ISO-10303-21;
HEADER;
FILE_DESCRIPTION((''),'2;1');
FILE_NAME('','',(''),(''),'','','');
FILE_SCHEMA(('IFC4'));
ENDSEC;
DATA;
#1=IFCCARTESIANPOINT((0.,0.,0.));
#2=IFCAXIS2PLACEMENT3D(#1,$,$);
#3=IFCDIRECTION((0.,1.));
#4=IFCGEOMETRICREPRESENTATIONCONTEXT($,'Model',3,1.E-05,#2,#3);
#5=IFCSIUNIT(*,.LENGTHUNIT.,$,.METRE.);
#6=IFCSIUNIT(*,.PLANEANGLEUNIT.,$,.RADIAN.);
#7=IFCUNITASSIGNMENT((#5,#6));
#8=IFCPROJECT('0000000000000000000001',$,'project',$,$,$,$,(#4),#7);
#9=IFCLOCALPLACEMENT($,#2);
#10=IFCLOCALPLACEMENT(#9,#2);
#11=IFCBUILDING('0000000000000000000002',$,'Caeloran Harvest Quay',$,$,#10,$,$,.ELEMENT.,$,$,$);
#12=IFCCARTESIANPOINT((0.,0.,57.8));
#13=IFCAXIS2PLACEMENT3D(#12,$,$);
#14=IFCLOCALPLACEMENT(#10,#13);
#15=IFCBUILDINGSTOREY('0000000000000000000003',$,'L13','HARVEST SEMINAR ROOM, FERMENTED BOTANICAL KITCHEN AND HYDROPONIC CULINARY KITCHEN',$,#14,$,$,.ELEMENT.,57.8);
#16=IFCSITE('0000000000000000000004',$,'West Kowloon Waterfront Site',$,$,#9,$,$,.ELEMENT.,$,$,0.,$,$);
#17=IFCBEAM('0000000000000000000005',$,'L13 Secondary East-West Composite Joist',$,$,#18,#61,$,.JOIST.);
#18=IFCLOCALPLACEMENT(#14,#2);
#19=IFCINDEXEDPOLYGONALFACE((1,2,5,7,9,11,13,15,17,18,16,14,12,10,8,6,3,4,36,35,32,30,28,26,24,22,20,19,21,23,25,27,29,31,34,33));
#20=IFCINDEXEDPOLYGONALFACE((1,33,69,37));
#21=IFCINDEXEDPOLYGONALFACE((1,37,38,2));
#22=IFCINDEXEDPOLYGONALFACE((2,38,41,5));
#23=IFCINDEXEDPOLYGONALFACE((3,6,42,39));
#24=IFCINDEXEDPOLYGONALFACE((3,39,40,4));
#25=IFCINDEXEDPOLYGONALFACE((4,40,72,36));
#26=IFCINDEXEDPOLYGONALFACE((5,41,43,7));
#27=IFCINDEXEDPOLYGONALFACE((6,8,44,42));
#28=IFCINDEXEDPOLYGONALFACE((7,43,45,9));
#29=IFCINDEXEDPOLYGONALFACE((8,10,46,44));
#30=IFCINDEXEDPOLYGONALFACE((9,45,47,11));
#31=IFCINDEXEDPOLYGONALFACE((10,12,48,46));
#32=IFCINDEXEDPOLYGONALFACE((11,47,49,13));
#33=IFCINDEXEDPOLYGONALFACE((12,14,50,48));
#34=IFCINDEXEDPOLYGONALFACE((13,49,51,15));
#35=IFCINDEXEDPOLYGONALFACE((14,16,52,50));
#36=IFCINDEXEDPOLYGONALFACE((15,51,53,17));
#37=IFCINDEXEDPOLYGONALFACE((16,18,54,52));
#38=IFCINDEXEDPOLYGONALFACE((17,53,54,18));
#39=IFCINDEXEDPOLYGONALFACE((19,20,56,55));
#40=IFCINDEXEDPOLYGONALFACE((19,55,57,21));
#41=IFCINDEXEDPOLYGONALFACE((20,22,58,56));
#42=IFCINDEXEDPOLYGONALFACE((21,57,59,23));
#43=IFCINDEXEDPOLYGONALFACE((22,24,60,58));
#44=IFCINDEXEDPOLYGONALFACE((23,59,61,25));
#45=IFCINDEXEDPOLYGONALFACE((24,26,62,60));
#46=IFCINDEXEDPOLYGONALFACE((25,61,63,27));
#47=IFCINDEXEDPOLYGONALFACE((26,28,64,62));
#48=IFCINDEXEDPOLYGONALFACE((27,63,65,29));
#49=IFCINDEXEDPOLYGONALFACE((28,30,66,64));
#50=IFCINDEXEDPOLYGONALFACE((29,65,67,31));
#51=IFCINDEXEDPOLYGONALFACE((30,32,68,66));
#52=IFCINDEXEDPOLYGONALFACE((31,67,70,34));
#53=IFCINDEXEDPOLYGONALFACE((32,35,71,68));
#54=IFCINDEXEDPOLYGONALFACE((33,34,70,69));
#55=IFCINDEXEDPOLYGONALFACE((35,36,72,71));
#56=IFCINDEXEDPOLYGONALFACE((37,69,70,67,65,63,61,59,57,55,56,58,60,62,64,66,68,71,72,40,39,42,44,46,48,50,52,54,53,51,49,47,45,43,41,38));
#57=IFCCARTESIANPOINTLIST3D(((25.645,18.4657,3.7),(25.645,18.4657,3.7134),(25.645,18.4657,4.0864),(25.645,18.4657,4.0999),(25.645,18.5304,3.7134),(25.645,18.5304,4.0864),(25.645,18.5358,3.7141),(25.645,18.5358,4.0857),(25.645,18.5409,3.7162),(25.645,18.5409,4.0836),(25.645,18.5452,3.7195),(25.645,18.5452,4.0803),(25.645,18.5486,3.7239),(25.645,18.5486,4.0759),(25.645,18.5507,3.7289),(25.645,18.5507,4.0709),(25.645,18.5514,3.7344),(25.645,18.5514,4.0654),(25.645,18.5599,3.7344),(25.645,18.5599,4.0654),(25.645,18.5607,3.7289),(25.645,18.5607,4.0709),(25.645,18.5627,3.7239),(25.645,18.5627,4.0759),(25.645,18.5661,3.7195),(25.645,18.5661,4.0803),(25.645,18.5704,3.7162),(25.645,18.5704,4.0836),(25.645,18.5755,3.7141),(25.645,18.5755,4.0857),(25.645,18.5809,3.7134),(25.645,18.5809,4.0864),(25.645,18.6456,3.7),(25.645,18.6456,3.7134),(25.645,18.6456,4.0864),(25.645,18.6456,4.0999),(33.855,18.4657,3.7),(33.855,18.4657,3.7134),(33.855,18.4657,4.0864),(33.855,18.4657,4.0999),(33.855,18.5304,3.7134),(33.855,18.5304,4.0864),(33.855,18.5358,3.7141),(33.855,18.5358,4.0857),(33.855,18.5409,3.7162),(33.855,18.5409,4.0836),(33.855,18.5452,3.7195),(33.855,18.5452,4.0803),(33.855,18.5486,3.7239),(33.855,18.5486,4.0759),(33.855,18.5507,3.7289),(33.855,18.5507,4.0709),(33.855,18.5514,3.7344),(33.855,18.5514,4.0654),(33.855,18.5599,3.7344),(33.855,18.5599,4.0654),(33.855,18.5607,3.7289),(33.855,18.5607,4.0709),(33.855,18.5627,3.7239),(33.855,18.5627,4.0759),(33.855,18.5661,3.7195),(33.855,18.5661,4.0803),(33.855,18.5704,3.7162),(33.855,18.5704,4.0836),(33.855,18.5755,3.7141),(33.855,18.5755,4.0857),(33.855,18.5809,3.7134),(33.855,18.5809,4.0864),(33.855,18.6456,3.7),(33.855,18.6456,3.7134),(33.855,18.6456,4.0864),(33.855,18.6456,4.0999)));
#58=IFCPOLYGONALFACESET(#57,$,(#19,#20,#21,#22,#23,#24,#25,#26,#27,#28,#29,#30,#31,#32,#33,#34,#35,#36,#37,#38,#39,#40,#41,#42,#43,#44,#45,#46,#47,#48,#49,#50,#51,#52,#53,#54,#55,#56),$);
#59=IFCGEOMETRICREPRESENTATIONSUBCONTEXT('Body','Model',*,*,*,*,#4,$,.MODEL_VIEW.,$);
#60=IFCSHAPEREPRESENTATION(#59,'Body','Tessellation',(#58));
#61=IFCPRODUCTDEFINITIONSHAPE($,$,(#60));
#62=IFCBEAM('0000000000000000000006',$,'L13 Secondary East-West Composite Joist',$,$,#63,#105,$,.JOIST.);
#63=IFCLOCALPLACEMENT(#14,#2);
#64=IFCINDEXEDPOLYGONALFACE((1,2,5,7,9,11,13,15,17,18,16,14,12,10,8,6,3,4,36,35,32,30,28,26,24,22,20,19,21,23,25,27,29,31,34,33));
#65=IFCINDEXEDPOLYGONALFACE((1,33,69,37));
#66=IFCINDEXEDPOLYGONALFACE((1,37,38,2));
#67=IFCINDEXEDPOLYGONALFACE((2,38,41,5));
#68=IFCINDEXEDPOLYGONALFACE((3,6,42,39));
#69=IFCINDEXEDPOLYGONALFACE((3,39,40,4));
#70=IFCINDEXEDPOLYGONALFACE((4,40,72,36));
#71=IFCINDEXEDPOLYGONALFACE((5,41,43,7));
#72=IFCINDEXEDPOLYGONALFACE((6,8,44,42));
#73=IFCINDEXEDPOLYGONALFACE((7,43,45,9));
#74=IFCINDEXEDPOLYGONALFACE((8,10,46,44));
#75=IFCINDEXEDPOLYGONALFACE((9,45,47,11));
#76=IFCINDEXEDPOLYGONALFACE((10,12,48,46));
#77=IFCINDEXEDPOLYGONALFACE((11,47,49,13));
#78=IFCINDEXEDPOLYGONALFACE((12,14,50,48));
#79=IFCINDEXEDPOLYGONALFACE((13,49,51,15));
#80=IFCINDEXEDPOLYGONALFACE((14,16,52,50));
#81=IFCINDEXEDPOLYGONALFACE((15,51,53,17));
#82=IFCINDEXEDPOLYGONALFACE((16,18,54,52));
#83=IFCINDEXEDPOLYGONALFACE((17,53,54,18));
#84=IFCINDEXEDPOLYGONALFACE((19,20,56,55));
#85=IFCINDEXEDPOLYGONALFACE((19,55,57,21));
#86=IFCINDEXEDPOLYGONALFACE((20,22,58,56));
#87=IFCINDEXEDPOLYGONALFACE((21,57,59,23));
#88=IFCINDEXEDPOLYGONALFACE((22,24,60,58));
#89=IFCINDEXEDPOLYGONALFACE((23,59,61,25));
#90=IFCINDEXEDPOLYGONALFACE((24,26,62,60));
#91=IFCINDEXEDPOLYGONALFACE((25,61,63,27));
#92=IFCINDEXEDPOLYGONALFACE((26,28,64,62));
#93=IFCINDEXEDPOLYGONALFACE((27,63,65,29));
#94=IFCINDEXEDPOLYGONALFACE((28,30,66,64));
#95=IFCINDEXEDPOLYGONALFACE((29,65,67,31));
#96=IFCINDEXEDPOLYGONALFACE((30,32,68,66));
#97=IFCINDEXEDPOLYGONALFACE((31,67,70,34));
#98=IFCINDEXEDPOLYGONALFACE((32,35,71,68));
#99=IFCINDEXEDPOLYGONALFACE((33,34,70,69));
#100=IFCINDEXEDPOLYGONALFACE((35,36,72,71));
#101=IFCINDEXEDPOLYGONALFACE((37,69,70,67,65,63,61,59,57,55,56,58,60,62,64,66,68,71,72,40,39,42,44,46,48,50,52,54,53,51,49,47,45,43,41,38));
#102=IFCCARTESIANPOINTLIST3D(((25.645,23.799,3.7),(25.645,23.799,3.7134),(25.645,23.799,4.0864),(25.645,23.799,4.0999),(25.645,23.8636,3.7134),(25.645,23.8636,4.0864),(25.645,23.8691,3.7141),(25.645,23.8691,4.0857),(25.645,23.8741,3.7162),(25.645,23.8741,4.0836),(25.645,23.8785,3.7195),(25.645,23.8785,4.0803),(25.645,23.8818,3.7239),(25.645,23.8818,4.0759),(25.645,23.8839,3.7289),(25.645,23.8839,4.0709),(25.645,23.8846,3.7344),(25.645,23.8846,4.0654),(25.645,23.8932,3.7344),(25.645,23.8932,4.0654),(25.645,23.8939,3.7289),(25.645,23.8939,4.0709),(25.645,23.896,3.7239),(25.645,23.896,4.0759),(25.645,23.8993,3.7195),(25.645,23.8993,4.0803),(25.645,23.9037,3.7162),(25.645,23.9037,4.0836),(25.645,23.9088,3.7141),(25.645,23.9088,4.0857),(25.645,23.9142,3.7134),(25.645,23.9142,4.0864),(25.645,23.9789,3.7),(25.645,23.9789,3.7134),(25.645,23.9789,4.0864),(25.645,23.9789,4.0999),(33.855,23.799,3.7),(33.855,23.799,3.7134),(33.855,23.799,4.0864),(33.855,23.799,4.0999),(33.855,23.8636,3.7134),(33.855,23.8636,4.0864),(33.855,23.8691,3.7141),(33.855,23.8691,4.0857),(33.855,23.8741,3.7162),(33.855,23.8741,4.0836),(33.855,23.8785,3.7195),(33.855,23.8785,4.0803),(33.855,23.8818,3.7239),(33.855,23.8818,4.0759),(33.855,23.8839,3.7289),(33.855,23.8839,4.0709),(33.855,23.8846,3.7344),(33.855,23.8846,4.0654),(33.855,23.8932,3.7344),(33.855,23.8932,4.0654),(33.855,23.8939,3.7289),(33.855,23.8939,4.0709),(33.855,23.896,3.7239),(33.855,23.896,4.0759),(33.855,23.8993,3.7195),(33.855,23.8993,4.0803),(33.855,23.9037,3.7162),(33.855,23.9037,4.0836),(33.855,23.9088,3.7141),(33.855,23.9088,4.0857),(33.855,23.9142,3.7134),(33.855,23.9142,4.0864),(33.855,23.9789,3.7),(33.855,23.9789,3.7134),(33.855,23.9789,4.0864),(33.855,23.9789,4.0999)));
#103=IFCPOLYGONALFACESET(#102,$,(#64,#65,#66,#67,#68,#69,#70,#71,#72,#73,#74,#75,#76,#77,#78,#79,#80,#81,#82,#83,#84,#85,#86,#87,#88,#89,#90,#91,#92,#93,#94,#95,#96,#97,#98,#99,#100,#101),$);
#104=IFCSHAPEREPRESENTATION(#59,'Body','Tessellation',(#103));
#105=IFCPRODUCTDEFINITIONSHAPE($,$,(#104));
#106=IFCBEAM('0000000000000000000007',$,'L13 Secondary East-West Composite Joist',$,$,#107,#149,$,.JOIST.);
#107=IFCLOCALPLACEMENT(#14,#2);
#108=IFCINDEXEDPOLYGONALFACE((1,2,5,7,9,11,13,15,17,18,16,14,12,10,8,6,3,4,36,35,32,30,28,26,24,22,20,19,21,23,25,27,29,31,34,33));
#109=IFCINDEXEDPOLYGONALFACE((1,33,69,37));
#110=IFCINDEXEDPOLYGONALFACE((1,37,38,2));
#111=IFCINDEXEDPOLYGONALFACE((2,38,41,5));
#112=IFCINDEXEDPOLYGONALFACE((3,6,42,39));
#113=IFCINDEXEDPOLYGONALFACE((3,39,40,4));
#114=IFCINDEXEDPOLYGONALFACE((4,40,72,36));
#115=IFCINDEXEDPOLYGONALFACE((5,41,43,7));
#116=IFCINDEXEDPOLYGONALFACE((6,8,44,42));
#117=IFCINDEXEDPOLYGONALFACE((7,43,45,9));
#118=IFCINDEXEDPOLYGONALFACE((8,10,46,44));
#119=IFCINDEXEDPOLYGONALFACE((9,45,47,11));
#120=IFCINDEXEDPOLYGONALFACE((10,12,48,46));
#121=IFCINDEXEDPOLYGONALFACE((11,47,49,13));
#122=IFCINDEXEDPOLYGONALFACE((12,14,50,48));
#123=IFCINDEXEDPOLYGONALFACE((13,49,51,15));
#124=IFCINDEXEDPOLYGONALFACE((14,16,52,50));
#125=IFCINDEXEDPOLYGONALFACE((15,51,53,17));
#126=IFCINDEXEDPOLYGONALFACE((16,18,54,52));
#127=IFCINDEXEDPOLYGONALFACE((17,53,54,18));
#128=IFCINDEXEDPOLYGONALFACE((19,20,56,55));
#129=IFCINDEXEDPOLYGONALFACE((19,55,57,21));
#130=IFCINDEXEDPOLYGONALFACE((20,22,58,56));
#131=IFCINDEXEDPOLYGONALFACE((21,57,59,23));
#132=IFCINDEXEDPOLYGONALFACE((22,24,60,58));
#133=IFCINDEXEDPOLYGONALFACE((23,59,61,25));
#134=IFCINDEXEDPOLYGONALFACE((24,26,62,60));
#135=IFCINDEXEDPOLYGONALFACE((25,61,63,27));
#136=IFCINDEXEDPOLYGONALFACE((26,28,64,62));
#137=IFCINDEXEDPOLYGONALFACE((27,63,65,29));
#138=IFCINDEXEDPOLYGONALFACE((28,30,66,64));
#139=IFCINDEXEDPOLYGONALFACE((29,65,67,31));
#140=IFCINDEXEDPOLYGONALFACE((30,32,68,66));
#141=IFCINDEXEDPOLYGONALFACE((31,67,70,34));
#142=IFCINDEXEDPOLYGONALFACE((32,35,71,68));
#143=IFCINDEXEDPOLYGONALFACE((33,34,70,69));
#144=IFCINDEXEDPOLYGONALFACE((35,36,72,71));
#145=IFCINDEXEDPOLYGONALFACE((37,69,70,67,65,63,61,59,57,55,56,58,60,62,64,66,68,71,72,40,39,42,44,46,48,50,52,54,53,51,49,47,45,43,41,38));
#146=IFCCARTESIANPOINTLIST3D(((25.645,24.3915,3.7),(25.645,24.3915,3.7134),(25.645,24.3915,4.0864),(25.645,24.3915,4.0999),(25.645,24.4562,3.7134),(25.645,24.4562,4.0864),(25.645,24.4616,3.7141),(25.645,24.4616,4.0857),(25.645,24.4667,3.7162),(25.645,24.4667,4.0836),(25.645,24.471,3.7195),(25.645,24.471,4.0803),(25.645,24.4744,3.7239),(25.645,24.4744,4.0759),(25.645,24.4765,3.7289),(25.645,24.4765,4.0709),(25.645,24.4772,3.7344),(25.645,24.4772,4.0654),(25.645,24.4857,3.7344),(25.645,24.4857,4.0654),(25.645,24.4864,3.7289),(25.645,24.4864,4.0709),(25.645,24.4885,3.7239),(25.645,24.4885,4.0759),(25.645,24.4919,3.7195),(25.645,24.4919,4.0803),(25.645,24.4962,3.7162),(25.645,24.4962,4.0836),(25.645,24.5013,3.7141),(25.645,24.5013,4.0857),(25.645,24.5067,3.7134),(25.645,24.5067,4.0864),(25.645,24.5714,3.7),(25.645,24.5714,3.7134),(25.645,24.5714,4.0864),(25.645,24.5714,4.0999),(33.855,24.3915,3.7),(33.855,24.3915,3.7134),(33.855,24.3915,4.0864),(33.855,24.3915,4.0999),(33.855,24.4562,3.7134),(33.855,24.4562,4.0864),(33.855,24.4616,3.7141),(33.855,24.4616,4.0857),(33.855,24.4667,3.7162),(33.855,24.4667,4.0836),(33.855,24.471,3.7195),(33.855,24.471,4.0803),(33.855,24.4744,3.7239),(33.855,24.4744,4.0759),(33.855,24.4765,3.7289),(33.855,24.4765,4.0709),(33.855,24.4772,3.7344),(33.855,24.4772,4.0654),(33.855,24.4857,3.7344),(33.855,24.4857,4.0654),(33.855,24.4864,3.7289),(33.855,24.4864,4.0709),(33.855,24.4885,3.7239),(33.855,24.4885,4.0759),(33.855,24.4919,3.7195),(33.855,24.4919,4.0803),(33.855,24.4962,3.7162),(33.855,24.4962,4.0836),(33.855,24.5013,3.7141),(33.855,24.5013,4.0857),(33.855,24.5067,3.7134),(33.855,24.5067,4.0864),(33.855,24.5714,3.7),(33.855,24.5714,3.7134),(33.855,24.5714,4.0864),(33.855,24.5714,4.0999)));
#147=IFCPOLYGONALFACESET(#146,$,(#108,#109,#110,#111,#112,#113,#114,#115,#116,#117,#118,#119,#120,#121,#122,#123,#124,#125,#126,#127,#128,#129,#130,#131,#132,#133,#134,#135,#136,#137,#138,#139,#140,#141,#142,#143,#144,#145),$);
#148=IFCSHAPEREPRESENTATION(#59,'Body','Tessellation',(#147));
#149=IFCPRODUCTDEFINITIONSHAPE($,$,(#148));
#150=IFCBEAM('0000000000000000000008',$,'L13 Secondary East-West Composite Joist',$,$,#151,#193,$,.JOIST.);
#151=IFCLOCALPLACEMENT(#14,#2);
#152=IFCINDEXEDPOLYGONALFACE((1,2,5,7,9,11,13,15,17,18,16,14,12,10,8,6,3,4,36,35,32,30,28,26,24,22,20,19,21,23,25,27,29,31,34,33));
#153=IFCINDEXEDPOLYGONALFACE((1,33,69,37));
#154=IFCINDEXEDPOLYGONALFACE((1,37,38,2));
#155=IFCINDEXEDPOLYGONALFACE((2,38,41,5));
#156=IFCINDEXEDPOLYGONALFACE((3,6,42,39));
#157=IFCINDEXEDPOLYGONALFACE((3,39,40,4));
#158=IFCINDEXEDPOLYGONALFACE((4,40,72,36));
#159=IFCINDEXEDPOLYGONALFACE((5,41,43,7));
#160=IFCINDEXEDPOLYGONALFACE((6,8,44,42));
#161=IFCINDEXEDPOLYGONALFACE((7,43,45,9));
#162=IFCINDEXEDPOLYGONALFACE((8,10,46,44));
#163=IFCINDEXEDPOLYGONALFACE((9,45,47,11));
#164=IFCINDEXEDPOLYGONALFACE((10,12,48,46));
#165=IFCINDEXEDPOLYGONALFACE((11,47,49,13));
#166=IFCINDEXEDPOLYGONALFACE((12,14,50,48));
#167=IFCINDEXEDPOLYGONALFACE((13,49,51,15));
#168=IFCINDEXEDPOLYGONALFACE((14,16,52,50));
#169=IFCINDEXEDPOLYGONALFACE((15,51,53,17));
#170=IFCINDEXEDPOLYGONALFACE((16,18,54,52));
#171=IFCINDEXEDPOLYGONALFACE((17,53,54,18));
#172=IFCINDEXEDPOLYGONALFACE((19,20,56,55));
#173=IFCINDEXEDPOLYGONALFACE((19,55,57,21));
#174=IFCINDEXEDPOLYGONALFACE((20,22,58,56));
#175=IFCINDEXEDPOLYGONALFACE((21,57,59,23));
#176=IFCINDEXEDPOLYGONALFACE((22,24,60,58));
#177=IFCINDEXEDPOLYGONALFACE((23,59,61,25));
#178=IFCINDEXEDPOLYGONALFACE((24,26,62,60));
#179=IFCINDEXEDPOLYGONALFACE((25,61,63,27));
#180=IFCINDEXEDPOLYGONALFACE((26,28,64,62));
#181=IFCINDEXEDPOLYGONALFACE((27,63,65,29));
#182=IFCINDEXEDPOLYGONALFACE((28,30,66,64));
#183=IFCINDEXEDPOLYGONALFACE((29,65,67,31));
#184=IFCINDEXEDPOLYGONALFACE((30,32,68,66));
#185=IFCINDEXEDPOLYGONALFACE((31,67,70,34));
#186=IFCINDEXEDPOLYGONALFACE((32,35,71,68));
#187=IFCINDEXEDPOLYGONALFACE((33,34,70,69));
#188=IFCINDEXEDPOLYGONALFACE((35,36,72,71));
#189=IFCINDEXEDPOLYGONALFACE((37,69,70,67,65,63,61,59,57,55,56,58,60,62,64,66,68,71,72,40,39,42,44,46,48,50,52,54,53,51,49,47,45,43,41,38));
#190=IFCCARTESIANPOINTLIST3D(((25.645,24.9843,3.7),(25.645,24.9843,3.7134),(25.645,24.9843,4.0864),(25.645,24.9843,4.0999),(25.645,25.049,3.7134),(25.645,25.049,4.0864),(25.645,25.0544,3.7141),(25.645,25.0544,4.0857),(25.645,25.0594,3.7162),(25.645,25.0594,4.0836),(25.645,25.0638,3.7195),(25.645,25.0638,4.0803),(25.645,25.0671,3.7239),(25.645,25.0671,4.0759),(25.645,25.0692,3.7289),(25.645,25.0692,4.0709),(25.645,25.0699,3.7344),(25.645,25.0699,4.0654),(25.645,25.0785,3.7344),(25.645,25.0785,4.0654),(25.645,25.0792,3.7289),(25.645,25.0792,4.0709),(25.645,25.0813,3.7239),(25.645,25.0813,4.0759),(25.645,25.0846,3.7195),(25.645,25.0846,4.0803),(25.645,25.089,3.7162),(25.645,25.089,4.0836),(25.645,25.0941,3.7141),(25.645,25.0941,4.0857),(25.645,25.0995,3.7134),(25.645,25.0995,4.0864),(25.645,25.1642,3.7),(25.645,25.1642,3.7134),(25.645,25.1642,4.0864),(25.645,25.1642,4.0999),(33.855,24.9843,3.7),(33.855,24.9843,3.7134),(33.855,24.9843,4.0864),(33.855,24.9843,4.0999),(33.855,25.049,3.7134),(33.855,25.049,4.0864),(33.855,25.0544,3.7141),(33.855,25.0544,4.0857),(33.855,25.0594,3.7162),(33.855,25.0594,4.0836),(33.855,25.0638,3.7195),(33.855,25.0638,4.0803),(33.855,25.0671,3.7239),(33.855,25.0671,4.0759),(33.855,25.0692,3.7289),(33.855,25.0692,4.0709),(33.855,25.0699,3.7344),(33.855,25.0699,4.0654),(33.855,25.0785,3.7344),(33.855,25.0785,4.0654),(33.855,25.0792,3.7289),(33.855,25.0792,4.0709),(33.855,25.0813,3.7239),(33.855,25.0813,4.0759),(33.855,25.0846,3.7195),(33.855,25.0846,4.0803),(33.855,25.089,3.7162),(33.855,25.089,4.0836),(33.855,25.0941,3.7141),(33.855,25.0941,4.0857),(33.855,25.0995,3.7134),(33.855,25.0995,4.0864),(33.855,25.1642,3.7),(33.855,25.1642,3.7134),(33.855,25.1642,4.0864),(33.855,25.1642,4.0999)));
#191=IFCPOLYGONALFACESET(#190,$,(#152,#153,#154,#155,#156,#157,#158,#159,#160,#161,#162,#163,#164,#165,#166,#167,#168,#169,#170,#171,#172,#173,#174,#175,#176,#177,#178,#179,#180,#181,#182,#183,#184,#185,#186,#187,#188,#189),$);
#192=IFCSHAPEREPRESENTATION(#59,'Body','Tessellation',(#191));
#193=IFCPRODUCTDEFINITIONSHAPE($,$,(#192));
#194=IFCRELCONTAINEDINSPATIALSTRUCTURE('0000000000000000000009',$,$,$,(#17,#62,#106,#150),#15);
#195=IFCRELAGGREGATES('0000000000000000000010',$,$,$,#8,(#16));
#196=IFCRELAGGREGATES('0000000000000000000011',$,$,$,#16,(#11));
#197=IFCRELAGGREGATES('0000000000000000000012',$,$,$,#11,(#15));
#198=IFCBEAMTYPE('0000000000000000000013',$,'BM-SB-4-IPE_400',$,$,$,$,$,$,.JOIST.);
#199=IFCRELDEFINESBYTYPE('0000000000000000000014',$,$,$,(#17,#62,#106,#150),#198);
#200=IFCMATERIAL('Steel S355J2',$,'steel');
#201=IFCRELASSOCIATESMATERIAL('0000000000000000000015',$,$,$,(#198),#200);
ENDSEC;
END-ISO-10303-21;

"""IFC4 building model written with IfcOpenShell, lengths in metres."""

from ifc_helpers import new_model, si_unit, direction, frame, origin, origin_2d, place, context, subcontext, project, spatial, i_section, extrude, material, material_profile, profile_set, type_object, element, save


model = new_model("IFC4")

# Units and contexts
model_context = context("Model", 3, precision=1e-05, world=origin(), true_north=direction((0.0, 1.0)))
body_context = subcontext(model_context, "Body", "Model", "MODEL_VIEW")
ifc_project = project(units=[si_unit("LENGTHUNIT", "METRE"), si_unit("PLANEANGLEUNIT", "RADIAN")], contexts=[model_context])

# Site, building, storey
site_placement = place(None, origin())
site = spatial("IfcSite", under=ifc_project, at=site_placement, Name="West Kowloon Waterfront Site", CompositionType="ELEMENT", RefElevation=0.0)
building_placement = place(site_placement, origin())
building = spatial("IfcBuilding", under=site, at=building_placement, Name="Caeloran Harvest Quay", CompositionType="ELEMENT")
storey_placement = place(building_placement, frame((0.0, 0.0, 57.8)))
storey = spatial("IfcBuildingStorey", under=building, at=storey_placement, Name="L13", Description="HARVEST SEMINAR ROOM, FERMENTED BOTANICAL KITCHEN AND HYDROPONIC CULINARY KITCHEN", CompositionType="ELEMENT", Elevation=57.8)

# Beams
ifc_material_1 = material(Name="Steel S355J2", Category="steel")
ifc_material_profile_1 = material_profile(ifc_material_1, i_section(OverallWidth=0.1799, OverallDepth=0.3999, WebThickness=0.0085, FlangeThickness=0.0134, FilletRadius=0.021, at=origin_2d()), Name="IPE 400")
ifc_profile_set_1 = profile_set([ifc_material_profile_1], Name="Steel S355J2")
beam_type_1 = type_object("IfcBeamType", Name="BM-SB-4-IPE_400", PredefinedType="JOIST", material=ifc_profile_set_1)
for number, where, z_axis, x_axis, name in (
    (1, (25.645, 18.5557, 3.8999), (1.0, 0.0, 0.0), (0.0, 1.0, 0.0), "L13 Secondary East-West Composite Joist"),
    (2, (25.645, 23.8889, 3.8999), (1.0, 0.0, 0.0), (0.0, 1.0, 0.0), "L13 Secondary East-West Composite Joist"),
    (3, (25.645, 24.4814, 3.8999), (1.0, 0.0, 0.0), (0.0, 1.0, 0.0), "L13 Secondary East-West Composite Joist"),
    (4, (25.645, 25.0742, 3.8999), (1.0, 0.0, 0.0), (0.0, 1.0, 0.0), "L13 Secondary East-West Composite Joist"),
):
    element("IfcBeam", number, at=place(storey_placement, frame(where, z_axis=z_axis, x_axis=x_axis)), inside=storey, type_object=beam_type_1, Name=name, PredefinedType="JOIST", context=body_context, shape_type="SweptSolid", body=[
        extrude(i_section(OverallWidth=0.1799, OverallDepth=0.3999, WebThickness=0.0085, FlangeThickness=0.0134, FilletRadius=0.021, at=origin_2d()), origin(), (0.0, 0.0, 1.0), 8.21),
    ])

save(model, "model.ifc")
